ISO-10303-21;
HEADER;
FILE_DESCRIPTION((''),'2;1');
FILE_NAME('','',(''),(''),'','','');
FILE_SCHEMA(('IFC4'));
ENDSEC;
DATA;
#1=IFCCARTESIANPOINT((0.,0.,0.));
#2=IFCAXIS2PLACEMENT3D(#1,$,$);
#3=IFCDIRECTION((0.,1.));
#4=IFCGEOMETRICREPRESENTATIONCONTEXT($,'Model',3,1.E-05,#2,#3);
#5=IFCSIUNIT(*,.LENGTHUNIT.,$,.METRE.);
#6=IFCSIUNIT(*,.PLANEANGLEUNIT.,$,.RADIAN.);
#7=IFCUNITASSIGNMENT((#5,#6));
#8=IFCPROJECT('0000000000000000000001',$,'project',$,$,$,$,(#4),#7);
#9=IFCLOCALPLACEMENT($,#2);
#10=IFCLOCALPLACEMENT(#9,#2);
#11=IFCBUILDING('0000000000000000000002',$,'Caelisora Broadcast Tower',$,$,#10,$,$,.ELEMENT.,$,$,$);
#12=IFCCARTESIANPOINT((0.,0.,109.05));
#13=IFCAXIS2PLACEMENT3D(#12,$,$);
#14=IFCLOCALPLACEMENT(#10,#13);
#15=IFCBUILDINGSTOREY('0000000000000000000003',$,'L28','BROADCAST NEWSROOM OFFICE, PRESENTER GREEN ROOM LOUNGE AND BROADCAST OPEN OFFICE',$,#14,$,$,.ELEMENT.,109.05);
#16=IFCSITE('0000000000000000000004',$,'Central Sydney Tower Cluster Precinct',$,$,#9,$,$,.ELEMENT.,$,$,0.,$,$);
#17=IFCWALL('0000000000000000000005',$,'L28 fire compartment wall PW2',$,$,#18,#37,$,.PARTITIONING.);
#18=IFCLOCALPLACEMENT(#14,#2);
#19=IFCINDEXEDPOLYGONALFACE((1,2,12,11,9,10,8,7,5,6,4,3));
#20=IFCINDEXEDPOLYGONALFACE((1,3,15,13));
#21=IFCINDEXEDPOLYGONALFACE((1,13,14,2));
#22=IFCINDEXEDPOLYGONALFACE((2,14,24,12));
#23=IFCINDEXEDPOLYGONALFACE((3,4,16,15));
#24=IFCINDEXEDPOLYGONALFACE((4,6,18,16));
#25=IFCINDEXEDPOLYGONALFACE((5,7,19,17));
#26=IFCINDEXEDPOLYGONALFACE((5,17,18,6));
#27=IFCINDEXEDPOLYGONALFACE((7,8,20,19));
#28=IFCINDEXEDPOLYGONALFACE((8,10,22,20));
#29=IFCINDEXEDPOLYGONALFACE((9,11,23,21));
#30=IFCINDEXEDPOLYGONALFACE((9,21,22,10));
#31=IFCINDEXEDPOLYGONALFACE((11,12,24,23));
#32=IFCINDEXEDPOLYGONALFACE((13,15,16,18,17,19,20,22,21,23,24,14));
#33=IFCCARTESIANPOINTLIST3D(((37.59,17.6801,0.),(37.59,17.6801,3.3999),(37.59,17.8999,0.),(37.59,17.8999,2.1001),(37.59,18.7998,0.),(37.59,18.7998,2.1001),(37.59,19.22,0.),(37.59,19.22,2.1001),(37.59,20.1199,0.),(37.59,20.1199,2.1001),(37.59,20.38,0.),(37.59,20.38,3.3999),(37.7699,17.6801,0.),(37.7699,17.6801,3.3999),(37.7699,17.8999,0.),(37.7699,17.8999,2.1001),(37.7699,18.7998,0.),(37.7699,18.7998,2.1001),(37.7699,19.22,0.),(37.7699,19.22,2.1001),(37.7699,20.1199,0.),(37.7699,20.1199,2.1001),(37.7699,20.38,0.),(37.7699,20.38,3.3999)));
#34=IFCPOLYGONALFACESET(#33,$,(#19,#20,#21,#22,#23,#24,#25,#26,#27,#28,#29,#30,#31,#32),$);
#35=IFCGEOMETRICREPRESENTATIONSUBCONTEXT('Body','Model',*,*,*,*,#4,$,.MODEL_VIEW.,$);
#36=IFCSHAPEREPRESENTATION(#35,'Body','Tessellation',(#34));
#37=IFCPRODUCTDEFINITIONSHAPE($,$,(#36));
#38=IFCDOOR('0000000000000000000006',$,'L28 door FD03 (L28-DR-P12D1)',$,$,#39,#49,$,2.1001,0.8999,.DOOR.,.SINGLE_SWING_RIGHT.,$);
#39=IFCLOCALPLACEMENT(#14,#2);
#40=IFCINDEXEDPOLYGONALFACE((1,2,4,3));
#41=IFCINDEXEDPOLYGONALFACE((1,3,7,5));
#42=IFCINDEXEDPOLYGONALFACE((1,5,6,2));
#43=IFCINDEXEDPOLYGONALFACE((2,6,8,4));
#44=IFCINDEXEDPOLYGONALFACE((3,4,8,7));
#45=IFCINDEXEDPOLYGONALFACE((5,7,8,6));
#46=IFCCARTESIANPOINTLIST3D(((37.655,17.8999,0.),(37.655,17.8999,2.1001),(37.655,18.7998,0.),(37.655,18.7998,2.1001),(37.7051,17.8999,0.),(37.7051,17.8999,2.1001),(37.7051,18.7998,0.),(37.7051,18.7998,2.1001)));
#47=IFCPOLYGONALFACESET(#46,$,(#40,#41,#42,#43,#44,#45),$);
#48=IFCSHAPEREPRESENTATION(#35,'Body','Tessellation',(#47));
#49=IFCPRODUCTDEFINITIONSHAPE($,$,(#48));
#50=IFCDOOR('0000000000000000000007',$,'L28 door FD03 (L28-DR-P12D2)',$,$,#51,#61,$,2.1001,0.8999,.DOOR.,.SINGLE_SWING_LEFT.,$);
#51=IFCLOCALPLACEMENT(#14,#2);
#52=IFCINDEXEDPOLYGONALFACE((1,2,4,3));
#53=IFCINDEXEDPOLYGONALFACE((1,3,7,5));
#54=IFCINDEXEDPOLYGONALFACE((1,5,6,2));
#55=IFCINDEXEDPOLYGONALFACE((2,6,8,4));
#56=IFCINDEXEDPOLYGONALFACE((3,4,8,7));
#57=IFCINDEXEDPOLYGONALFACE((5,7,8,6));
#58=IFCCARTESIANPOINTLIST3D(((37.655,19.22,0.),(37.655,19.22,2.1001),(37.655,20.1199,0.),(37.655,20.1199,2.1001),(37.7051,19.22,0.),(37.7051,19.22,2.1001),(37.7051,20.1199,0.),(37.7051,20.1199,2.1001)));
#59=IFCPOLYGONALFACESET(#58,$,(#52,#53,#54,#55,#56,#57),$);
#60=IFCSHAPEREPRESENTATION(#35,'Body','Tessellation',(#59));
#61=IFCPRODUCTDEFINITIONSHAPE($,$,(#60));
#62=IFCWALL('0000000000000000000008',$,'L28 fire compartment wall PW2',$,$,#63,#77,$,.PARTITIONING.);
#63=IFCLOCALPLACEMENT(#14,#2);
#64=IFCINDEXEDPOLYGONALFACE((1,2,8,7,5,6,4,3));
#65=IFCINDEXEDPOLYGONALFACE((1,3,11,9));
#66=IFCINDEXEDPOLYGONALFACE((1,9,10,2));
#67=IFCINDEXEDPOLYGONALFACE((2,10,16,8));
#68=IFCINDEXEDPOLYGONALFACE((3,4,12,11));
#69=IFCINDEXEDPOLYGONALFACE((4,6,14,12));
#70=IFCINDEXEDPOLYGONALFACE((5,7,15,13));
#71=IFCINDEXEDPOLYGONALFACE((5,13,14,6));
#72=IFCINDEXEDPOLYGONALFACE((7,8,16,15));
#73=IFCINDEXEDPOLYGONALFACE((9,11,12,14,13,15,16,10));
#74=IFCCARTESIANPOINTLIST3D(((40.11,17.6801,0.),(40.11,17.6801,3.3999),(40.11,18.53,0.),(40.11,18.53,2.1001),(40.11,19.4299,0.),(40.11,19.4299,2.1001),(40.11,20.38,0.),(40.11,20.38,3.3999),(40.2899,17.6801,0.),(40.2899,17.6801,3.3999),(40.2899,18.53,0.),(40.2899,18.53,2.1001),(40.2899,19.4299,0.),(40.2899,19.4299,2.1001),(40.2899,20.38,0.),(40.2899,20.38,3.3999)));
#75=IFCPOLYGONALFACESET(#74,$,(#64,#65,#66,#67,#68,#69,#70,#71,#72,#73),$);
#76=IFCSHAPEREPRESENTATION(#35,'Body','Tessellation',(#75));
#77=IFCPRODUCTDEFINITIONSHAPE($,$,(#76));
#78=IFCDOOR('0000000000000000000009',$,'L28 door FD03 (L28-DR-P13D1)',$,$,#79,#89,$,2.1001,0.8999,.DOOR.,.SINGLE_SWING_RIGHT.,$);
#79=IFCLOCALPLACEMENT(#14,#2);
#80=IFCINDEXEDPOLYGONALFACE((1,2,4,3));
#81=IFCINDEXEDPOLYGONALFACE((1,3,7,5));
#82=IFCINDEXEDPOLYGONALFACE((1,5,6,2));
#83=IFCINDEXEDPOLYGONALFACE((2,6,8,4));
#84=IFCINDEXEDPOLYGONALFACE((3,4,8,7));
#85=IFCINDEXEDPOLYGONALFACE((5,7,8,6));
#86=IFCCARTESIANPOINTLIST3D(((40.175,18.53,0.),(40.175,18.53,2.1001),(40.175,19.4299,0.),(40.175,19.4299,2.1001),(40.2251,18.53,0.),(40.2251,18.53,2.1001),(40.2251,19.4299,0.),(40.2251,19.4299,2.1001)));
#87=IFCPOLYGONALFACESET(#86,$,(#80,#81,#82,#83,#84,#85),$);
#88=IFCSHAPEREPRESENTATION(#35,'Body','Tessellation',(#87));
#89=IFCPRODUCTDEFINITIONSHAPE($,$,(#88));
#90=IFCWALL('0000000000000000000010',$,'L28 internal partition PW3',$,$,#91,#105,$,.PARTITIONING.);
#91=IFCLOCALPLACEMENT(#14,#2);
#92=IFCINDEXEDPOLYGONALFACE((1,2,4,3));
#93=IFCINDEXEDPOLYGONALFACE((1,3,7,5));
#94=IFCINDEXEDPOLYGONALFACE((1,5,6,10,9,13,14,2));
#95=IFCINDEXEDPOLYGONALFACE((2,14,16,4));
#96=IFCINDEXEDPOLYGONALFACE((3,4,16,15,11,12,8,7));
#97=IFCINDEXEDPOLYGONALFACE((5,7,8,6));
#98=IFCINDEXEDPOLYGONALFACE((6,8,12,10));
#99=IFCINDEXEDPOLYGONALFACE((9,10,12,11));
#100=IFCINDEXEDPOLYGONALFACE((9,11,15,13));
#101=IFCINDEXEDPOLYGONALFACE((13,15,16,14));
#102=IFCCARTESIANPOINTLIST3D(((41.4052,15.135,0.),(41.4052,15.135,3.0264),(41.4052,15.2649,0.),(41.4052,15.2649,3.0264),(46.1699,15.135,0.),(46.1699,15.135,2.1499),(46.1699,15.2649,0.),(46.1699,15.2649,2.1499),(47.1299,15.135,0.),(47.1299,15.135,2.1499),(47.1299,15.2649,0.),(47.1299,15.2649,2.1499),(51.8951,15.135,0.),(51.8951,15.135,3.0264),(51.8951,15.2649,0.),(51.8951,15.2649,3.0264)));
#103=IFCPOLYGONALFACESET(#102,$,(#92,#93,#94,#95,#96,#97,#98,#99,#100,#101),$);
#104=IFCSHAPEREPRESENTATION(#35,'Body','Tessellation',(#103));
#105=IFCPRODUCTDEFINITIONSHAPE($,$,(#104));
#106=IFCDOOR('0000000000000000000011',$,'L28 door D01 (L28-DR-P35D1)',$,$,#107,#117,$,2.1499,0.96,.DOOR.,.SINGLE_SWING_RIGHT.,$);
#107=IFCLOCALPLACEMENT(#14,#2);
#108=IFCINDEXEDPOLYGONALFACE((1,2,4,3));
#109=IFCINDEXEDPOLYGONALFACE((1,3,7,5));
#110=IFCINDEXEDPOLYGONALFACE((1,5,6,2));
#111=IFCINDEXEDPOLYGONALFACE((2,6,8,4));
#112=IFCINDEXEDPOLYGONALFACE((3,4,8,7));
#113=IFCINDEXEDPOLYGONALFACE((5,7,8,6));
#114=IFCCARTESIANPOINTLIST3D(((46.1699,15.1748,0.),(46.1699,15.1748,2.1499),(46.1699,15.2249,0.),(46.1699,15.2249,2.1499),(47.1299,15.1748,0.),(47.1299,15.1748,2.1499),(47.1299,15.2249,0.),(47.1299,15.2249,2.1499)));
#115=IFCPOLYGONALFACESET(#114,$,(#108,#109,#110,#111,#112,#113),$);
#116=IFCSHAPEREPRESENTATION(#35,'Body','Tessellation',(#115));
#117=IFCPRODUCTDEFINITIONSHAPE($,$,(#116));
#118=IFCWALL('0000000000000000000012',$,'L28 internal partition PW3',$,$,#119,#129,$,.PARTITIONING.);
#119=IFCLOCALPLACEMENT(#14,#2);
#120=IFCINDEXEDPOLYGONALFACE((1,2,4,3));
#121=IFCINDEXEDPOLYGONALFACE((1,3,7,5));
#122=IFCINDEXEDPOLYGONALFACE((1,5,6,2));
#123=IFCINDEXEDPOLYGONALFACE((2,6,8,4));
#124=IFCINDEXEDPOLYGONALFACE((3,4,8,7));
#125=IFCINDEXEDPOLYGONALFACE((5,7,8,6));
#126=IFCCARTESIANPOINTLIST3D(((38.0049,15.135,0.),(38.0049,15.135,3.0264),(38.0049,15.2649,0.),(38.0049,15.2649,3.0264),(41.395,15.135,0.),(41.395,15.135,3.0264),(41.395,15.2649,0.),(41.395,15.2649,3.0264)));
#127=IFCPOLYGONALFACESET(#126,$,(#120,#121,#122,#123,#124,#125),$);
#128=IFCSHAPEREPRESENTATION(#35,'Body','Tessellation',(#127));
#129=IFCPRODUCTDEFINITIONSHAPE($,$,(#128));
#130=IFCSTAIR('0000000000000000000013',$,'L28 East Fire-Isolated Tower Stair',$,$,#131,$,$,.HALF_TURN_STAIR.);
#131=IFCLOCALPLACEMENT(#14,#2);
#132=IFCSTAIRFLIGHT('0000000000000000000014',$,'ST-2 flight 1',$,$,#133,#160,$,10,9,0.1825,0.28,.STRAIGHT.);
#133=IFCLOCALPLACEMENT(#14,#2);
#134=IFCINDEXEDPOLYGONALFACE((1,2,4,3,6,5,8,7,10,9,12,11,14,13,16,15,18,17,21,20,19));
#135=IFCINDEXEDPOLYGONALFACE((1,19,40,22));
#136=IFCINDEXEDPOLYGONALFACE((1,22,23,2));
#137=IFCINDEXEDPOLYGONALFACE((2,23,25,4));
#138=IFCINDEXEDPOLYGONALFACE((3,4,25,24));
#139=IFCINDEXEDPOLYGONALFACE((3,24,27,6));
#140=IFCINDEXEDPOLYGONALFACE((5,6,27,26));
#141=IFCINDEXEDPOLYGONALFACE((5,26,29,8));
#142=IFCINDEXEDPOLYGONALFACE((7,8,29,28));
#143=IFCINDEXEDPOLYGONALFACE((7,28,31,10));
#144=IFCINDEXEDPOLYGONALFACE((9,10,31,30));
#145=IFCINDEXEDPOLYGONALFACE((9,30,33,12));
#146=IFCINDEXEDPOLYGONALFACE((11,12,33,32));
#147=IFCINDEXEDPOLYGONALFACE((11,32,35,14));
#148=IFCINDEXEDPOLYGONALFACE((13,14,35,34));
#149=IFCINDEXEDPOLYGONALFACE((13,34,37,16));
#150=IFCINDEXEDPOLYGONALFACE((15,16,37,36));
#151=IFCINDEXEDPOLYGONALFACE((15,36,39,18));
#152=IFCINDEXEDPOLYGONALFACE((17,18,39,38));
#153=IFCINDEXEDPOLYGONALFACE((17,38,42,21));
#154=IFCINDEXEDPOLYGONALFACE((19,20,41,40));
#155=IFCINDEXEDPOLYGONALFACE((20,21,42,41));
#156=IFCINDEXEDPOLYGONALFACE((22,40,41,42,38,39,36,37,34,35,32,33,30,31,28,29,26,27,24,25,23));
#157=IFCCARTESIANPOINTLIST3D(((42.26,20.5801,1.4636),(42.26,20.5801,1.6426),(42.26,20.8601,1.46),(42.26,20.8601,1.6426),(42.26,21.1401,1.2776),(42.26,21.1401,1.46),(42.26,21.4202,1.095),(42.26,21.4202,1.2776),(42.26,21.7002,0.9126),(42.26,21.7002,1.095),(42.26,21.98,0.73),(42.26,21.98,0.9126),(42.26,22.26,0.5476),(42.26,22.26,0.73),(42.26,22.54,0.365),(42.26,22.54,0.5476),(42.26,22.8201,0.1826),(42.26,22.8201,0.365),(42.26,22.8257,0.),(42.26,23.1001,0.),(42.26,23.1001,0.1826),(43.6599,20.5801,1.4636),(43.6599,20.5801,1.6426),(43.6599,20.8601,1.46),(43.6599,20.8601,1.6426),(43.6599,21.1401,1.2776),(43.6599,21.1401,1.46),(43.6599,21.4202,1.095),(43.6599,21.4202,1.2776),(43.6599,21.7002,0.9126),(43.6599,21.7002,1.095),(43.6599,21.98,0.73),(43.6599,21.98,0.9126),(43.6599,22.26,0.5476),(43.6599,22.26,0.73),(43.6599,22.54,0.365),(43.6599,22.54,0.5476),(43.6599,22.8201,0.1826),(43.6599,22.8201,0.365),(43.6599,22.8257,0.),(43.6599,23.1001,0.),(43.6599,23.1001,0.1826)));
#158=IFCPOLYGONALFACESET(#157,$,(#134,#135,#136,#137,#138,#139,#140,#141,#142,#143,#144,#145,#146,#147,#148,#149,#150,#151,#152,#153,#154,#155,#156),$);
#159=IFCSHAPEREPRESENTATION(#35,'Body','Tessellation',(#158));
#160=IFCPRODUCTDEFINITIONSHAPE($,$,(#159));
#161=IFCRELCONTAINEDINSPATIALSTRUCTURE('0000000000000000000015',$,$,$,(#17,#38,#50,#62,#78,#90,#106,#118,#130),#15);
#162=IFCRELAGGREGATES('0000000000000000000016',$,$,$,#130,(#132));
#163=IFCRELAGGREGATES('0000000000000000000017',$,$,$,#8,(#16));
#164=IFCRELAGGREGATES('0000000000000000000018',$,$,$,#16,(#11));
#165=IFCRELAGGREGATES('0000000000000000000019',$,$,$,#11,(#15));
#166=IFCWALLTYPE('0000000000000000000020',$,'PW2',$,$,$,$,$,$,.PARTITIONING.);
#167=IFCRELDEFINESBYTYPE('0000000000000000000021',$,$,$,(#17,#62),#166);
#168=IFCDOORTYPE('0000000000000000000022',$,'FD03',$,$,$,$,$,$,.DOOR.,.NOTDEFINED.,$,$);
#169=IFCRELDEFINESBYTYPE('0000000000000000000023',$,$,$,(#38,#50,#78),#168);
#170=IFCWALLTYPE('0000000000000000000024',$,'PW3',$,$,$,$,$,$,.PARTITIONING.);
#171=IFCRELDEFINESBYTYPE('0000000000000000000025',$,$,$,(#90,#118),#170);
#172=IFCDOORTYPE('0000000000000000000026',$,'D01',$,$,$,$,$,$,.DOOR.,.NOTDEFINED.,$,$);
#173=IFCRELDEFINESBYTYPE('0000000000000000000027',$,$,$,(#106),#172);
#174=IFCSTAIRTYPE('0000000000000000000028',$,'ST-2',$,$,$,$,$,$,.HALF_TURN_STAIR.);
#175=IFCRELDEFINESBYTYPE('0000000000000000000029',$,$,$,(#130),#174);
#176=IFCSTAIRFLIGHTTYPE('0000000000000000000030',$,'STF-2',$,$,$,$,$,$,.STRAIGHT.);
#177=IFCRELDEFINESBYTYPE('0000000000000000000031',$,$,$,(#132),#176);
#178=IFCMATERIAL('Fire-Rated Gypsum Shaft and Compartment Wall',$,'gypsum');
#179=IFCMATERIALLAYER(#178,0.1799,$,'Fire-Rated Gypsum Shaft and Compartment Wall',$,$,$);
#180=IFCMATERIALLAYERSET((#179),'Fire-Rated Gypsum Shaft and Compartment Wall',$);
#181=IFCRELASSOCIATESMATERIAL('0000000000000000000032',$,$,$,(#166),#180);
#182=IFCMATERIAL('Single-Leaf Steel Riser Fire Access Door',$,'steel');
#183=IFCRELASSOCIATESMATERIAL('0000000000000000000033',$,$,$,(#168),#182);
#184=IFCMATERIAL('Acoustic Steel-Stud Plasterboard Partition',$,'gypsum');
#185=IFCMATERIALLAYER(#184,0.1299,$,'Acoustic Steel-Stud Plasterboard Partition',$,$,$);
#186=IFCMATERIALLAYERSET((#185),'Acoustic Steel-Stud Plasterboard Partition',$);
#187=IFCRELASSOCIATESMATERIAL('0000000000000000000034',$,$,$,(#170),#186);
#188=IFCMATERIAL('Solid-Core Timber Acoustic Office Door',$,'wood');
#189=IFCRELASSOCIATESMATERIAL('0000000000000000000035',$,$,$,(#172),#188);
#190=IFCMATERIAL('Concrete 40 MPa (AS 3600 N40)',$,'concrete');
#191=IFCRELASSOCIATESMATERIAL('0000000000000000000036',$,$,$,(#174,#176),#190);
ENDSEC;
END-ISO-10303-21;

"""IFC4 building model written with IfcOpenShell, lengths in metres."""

from ifc_helpers import new_model, si_unit, direction, frame, frame_2d, origin, place, context, subcontext, project, spatial, polyline, rectangle, outline, extrude, material, layer, layer_set, type_object, element, fill, aggregate, save


model = new_model("IFC4")

# Units and contexts
model_context = context("Model", 3, precision=1e-05, world=origin(), true_north=direction((0.0, 1.0)))
body_context = subcontext(model_context, "Body", "Model", "MODEL_VIEW")
ifc_project = project(units=[si_unit("LENGTHUNIT", "METRE"), si_unit("PLANEANGLEUNIT", "RADIAN")], contexts=[model_context])

# Site, building, storey
site_placement = place(None, origin())
site = spatial("IfcSite", under=ifc_project, at=site_placement, Name="Central Sydney Tower Cluster Precinct", CompositionType="ELEMENT", RefElevation=0.0)
building_placement = place(site_placement, origin())
building = spatial("IfcBuilding", under=site, at=building_placement, Name="Caelisora Broadcast Tower", CompositionType="ELEMENT")
storey_placement = place(building_placement, frame((0.0, 0.0, 109.05)))
storey = spatial("IfcBuildingStorey", under=building, at=storey_placement, Name="L28", Description="BROADCAST NEWSROOM OFFICE, PRESENTER GREEN ROOM LOUNGE AND BROADCAST OPEN OFFICE", CompositionType="ELEMENT", Elevation=109.05)

# Shared definitions
ifc_material_1 = material(Name="Fire-Rated Gypsum Shaft and Compartment Wall", Category="gypsum")
ifc_layer_1 = layer(ifc_material_1, 0.1799, Name="Fire-Rated Gypsum Shaft and Compartment Wall")
ifc_layer_set_1 = layer_set([ifc_layer_1], Name="Fire-Rated Gypsum Shaft and Compartment Wall")
wall_type_1 = type_object("IfcWallType", Name="PW2", PredefinedType="PARTITIONING", material=ifc_layer_set_1)

# Wall, openings, doors
wall_1_placement = place(storey_placement, frame((37.6799, 17.6799, 0.0), z_axis=(0.0, 0.0, 1.0), x_axis=(0.0, 1.0, 0.0)))
wall_1 = element("IfcWall", 1, at=wall_1_placement, inside=storey, type_object=wall_type_1, Name="L28 fire compartment wall PW2", PredefinedType="PARTITIONING", context=body_context, shape_type="SweptSolid", body=[
    extrude(rectangle(XDim=2.7, YDim=0.1799, at=frame_2d((1.3501, 0.0))), origin(), (0.0, 0.0, 1.0), 3.3999),
])
opening_1_placement = place(wall_1_placement, frame((0.22, 0.0, 0.0)))
opening_1 = element("IfcOpeningElement", 2, at=opening_1_placement, cuts=wall_1, PredefinedType="OPENING", context=body_context, shape_type="SweptSolid", body=[
    extrude(rectangle(XDim=0.8999, YDim=2.1001, at=frame_2d((0.45, 1.05))), frame((0.0, 0.1021, 0.0), z_axis=(0.0, -1.0, 0.0), x_axis=(1.0, 0.0, 0.0)), (0.0, 0.0, 1.0), 0.2039),
])
opening_2_placement = place(wall_1_placement, frame((1.54, 0.0, 0.0)))
opening_2 = element("IfcOpeningElement", 3, at=opening_2_placement, cuts=wall_1, PredefinedType="OPENING", context=body_context, shape_type="SweptSolid", body=[
    extrude(rectangle(XDim=0.8999, YDim=2.1001, at=frame_2d((0.45, 1.05))), frame((0.0, 0.1021, 0.0), z_axis=(0.0, -1.0, 0.0), x_axis=(1.0, 0.0, 0.0)), (0.0, 0.0, 1.0), 0.2039),
])
ifc_material_2 = material(Name="Single-Leaf Steel Riser Fire Access Door", Category="steel")
door_type_1 = type_object("IfcDoorType", Name="FD03", OperationType="NOTDEFINED", PredefinedType="DOOR", material=ifc_material_2)
door_1_placement = place(opening_1_placement, origin())
door_1 = element("IfcDoor", 4, at=door_1_placement, inside=storey, type_object=door_type_1, Name="L28 door FD03 (L28-DR-P12D1)", OperationType="SINGLE_SWING_RIGHT", OverallHeight=2.1001, OverallWidth=0.8999, PredefinedType="DOOR", context=body_context, shape_type="SweptSolid", body=[
    extrude(rectangle(XDim=0.8999, YDim=2.1001, at=frame_2d((0.45, 1.05))), frame((0.0, 0.0249, 0.0), z_axis=(0.0, -1.0, 0.0), x_axis=(1.0, 0.0, 0.0)), (0.0, 0.0, 1.0), 0.05),
])
fill(opening_1, door_1)
door_2_placement = place(opening_2_placement, origin())
door_2 = element("IfcDoor", 5, at=door_2_placement, inside=storey, type_object=door_type_1, Name="L28 door FD03 (L28-DR-P12D2)", OperationType="SINGLE_SWING_LEFT", OverallHeight=2.1001, OverallWidth=0.8999, PredefinedType="DOOR", context=body_context, shape_type="SweptSolid", body=[
    extrude(rectangle(XDim=0.8999, YDim=2.1001, at=frame_2d((0.45, 1.05))), frame((0.0, 0.0249, 0.0), z_axis=(0.0, -1.0, 0.0), x_axis=(1.0, 0.0, 0.0)), (0.0, 0.0, 1.0), 0.05),
])
fill(opening_2, door_2)

# Walls, openings, doors
wall_2_placement = place(storey_placement, frame((40.2, 17.6799, 0.0), z_axis=(0.0, 0.0, 1.0), x_axis=(0.0, 1.0, 0.0)))
wall_2 = element("IfcWall", 6, at=wall_2_placement, inside=storey, type_object=wall_type_1, Name="L28 fire compartment wall PW2", PredefinedType="PARTITIONING", context=body_context, shape_type="SweptSolid", body=[
    extrude(rectangle(XDim=2.7, YDim=0.1799, at=frame_2d((1.3501, 0.0))), origin(), (0.0, 0.0, 1.0), 3.3999),
])
opening_3_placement = place(wall_2_placement, frame((0.8501, 0.0, 0.0)))
opening_3 = element("IfcOpeningElement", 7, at=opening_3_placement, cuts=wall_2, PredefinedType="OPENING", context=body_context, shape_type="SweptSolid", body=[
    extrude(rectangle(XDim=0.8999, YDim=2.1001, at=frame_2d((0.45, 1.05))), frame((0.0, 0.1021, 0.0), z_axis=(0.0, -1.0, 0.0), x_axis=(1.0, 0.0, 0.0)), (0.0, 0.0, 1.0), 0.2039),
])
door_3_placement = place(opening_3_placement, origin())
door_3 = element("IfcDoor", 8, at=door_3_placement, inside=storey, type_object=door_type_1, Name="L28 door FD03 (L28-DR-P13D1)", OperationType="SINGLE_SWING_RIGHT", OverallHeight=2.1001, OverallWidth=0.8999, PredefinedType="DOOR", context=body_context, shape_type="SweptSolid", body=[
    extrude(rectangle(XDim=0.8999, YDim=2.1001, at=frame_2d((0.45, 1.05))), frame((0.0, 0.0249, 0.0), z_axis=(0.0, -1.0, 0.0), x_axis=(1.0, 0.0, 0.0)), (0.0, 0.0, 1.0), 0.05),
])
fill(opening_3, door_3)
ifc_material_3 = material(Name="Acoustic Steel-Stud Plasterboard Partition", Category="gypsum")
ifc_layer_2 = layer(ifc_material_3, 0.1299, Name="Acoustic Steel-Stud Plasterboard Partition")
ifc_layer_set_2 = layer_set([ifc_layer_2], Name="Acoustic Steel-Stud Plasterboard Partition")
wall_type_2 = type_object("IfcWallType", Name="PW3", PredefinedType="PARTITIONING", material=ifc_layer_set_2)
wall_3_placement = place(storey_placement, frame((41.405, 15.2, 0.0), z_axis=(0.0, 0.0, 1.0), x_axis=(1.0, 0.0, 0.0)))
wall_3 = element("IfcWall", 9, at=wall_3_placement, inside=storey, type_object=wall_type_2, Name="L28 internal partition PW3", PredefinedType="PARTITIONING", context=body_context, shape_type="SweptSolid", body=[
    extrude(rectangle(XDim=10.49, YDim=0.1299, at=frame_2d((5.2451, 0.0))), origin(), (0.0, 0.0, 1.0), 3.0264),
])
opening_4_placement = place(wall_3_placement, frame((4.7649, 0.0, 0.0)))
opening_4 = element("IfcOpeningElement", 10, at=opening_4_placement, cuts=wall_3, PredefinedType="OPENING", context=body_context, shape_type="SweptSolid", body=[
    extrude(rectangle(XDim=0.96, YDim=2.1499, at=frame_2d((0.48, 1.075))), frame((0.0, 0.0769, 0.0), z_axis=(0.0, -1.0, 0.0), x_axis=(1.0, 0.0, 0.0)), (0.0, 0.0, 1.0), 0.1538),
])
ifc_material_4 = material(Name="Solid-Core Timber Acoustic Office Door", Category="wood")
door_type_2 = type_object("IfcDoorType", Name="D01", OperationType="NOTDEFINED", PredefinedType="DOOR", material=ifc_material_4)
door_4_placement = place(opening_4_placement, origin())
door_4 = element("IfcDoor", 11, at=door_4_placement, inside=storey, type_object=door_type_2, Name="L28 door D01 (L28-DR-P35D1)", OperationType="SINGLE_SWING_RIGHT", OverallHeight=2.1499, OverallWidth=0.96, PredefinedType="DOOR", context=body_context, shape_type="SweptSolid", body=[
    extrude(rectangle(XDim=0.96, YDim=2.1499, at=frame_2d((0.48, 1.075))), frame((0.0, 0.0249, 0.0), z_axis=(0.0, -1.0, 0.0), x_axis=(1.0, 0.0, 0.0)), (0.0, 0.0, 1.0), 0.05),
])
fill(opening_4, door_4)

# Wall
wall_4_placement = place(storey_placement, frame((38.0049, 15.2, 0.0), z_axis=(0.0, 0.0, 1.0), x_axis=(1.0, 0.0, 0.0)))
element("IfcWall", 12, at=wall_4_placement, inside=storey, type_object=wall_type_2, Name="L28 internal partition PW3", PredefinedType="PARTITIONING", context=body_context, shape_type="SweptSolid", body=[
    extrude(rectangle(XDim=3.3901, YDim=0.1299, at=frame_2d((1.6951, 0.0))), origin(), (0.0, 0.0, 1.0), 3.0264),
])

# Stair, stair flight
ifc_material_5 = material(Name="Concrete 40 MPa (AS 3600 N40)", Category="concrete")
stair_type = type_object("IfcStairType", Name="ST-2", PredefinedType="HALF_TURN_STAIR", material=ifc_material_5)
stair_placement = place(storey_placement, origin())
stair = element("IfcStair", 13, at=stair_placement, inside=storey, type_object=stair_type, Name="L28 East Fire-Isolated Tower Stair", PredefinedType="HALF_TURN_STAIR")
stair_flight_type = type_object("IfcStairFlightType", Name="STF-2", PredefinedType="STRAIGHT", material=ifc_material_5)
stair_flight_1_placement = place(storey_placement, frame((42.96, 23.1001, 0.0), z_axis=(0.0, 0.0, 1.0), x_axis=(0.0, -1.0, 0.0)))
stair_flight_1 = element("IfcStairFlight", 14, at=stair_flight_1_placement, type_object=stair_flight_type, Name="ST-2 flight 1", NumberOfRisers=10, NumberOfTreads=9, PredefinedType="STRAIGHT", RiserHeight=0.1825, TreadLength=0.28, context=body_context, shape_type="SweptSolid", body=[
    extrude(outline(polyline([(0.0, 0.0), (0.0, 0.1826), (0.28, 0.1826), (0.28, 0.365), (0.5601, 0.365), (0.5601, 0.5476), (0.8401, 0.5476), (0.8401, 0.73), (1.1201, 0.73), (1.1201, 0.9126), (1.3999, 0.9126), (1.3999, 1.095), (1.6799, 1.095), (1.6799, 1.2776), (1.96, 1.2776), (1.96, 1.46), (2.24, 1.46), (2.24, 1.6426), (2.52, 1.6426), (2.52, 1.825), (2.52, 1.4636), (0.2744, 0.0), (0.0, 0.0)])), frame((0.0, 0.7, 0.0), z_axis=(0.0, -1.0, 0.0), x_axis=(1.0, 0.0, 0.0)), (0.0, 0.0, 1.0), 1.3999),
])
aggregate(stair, [stair_flight_1])

save(model, "model.ifc")
